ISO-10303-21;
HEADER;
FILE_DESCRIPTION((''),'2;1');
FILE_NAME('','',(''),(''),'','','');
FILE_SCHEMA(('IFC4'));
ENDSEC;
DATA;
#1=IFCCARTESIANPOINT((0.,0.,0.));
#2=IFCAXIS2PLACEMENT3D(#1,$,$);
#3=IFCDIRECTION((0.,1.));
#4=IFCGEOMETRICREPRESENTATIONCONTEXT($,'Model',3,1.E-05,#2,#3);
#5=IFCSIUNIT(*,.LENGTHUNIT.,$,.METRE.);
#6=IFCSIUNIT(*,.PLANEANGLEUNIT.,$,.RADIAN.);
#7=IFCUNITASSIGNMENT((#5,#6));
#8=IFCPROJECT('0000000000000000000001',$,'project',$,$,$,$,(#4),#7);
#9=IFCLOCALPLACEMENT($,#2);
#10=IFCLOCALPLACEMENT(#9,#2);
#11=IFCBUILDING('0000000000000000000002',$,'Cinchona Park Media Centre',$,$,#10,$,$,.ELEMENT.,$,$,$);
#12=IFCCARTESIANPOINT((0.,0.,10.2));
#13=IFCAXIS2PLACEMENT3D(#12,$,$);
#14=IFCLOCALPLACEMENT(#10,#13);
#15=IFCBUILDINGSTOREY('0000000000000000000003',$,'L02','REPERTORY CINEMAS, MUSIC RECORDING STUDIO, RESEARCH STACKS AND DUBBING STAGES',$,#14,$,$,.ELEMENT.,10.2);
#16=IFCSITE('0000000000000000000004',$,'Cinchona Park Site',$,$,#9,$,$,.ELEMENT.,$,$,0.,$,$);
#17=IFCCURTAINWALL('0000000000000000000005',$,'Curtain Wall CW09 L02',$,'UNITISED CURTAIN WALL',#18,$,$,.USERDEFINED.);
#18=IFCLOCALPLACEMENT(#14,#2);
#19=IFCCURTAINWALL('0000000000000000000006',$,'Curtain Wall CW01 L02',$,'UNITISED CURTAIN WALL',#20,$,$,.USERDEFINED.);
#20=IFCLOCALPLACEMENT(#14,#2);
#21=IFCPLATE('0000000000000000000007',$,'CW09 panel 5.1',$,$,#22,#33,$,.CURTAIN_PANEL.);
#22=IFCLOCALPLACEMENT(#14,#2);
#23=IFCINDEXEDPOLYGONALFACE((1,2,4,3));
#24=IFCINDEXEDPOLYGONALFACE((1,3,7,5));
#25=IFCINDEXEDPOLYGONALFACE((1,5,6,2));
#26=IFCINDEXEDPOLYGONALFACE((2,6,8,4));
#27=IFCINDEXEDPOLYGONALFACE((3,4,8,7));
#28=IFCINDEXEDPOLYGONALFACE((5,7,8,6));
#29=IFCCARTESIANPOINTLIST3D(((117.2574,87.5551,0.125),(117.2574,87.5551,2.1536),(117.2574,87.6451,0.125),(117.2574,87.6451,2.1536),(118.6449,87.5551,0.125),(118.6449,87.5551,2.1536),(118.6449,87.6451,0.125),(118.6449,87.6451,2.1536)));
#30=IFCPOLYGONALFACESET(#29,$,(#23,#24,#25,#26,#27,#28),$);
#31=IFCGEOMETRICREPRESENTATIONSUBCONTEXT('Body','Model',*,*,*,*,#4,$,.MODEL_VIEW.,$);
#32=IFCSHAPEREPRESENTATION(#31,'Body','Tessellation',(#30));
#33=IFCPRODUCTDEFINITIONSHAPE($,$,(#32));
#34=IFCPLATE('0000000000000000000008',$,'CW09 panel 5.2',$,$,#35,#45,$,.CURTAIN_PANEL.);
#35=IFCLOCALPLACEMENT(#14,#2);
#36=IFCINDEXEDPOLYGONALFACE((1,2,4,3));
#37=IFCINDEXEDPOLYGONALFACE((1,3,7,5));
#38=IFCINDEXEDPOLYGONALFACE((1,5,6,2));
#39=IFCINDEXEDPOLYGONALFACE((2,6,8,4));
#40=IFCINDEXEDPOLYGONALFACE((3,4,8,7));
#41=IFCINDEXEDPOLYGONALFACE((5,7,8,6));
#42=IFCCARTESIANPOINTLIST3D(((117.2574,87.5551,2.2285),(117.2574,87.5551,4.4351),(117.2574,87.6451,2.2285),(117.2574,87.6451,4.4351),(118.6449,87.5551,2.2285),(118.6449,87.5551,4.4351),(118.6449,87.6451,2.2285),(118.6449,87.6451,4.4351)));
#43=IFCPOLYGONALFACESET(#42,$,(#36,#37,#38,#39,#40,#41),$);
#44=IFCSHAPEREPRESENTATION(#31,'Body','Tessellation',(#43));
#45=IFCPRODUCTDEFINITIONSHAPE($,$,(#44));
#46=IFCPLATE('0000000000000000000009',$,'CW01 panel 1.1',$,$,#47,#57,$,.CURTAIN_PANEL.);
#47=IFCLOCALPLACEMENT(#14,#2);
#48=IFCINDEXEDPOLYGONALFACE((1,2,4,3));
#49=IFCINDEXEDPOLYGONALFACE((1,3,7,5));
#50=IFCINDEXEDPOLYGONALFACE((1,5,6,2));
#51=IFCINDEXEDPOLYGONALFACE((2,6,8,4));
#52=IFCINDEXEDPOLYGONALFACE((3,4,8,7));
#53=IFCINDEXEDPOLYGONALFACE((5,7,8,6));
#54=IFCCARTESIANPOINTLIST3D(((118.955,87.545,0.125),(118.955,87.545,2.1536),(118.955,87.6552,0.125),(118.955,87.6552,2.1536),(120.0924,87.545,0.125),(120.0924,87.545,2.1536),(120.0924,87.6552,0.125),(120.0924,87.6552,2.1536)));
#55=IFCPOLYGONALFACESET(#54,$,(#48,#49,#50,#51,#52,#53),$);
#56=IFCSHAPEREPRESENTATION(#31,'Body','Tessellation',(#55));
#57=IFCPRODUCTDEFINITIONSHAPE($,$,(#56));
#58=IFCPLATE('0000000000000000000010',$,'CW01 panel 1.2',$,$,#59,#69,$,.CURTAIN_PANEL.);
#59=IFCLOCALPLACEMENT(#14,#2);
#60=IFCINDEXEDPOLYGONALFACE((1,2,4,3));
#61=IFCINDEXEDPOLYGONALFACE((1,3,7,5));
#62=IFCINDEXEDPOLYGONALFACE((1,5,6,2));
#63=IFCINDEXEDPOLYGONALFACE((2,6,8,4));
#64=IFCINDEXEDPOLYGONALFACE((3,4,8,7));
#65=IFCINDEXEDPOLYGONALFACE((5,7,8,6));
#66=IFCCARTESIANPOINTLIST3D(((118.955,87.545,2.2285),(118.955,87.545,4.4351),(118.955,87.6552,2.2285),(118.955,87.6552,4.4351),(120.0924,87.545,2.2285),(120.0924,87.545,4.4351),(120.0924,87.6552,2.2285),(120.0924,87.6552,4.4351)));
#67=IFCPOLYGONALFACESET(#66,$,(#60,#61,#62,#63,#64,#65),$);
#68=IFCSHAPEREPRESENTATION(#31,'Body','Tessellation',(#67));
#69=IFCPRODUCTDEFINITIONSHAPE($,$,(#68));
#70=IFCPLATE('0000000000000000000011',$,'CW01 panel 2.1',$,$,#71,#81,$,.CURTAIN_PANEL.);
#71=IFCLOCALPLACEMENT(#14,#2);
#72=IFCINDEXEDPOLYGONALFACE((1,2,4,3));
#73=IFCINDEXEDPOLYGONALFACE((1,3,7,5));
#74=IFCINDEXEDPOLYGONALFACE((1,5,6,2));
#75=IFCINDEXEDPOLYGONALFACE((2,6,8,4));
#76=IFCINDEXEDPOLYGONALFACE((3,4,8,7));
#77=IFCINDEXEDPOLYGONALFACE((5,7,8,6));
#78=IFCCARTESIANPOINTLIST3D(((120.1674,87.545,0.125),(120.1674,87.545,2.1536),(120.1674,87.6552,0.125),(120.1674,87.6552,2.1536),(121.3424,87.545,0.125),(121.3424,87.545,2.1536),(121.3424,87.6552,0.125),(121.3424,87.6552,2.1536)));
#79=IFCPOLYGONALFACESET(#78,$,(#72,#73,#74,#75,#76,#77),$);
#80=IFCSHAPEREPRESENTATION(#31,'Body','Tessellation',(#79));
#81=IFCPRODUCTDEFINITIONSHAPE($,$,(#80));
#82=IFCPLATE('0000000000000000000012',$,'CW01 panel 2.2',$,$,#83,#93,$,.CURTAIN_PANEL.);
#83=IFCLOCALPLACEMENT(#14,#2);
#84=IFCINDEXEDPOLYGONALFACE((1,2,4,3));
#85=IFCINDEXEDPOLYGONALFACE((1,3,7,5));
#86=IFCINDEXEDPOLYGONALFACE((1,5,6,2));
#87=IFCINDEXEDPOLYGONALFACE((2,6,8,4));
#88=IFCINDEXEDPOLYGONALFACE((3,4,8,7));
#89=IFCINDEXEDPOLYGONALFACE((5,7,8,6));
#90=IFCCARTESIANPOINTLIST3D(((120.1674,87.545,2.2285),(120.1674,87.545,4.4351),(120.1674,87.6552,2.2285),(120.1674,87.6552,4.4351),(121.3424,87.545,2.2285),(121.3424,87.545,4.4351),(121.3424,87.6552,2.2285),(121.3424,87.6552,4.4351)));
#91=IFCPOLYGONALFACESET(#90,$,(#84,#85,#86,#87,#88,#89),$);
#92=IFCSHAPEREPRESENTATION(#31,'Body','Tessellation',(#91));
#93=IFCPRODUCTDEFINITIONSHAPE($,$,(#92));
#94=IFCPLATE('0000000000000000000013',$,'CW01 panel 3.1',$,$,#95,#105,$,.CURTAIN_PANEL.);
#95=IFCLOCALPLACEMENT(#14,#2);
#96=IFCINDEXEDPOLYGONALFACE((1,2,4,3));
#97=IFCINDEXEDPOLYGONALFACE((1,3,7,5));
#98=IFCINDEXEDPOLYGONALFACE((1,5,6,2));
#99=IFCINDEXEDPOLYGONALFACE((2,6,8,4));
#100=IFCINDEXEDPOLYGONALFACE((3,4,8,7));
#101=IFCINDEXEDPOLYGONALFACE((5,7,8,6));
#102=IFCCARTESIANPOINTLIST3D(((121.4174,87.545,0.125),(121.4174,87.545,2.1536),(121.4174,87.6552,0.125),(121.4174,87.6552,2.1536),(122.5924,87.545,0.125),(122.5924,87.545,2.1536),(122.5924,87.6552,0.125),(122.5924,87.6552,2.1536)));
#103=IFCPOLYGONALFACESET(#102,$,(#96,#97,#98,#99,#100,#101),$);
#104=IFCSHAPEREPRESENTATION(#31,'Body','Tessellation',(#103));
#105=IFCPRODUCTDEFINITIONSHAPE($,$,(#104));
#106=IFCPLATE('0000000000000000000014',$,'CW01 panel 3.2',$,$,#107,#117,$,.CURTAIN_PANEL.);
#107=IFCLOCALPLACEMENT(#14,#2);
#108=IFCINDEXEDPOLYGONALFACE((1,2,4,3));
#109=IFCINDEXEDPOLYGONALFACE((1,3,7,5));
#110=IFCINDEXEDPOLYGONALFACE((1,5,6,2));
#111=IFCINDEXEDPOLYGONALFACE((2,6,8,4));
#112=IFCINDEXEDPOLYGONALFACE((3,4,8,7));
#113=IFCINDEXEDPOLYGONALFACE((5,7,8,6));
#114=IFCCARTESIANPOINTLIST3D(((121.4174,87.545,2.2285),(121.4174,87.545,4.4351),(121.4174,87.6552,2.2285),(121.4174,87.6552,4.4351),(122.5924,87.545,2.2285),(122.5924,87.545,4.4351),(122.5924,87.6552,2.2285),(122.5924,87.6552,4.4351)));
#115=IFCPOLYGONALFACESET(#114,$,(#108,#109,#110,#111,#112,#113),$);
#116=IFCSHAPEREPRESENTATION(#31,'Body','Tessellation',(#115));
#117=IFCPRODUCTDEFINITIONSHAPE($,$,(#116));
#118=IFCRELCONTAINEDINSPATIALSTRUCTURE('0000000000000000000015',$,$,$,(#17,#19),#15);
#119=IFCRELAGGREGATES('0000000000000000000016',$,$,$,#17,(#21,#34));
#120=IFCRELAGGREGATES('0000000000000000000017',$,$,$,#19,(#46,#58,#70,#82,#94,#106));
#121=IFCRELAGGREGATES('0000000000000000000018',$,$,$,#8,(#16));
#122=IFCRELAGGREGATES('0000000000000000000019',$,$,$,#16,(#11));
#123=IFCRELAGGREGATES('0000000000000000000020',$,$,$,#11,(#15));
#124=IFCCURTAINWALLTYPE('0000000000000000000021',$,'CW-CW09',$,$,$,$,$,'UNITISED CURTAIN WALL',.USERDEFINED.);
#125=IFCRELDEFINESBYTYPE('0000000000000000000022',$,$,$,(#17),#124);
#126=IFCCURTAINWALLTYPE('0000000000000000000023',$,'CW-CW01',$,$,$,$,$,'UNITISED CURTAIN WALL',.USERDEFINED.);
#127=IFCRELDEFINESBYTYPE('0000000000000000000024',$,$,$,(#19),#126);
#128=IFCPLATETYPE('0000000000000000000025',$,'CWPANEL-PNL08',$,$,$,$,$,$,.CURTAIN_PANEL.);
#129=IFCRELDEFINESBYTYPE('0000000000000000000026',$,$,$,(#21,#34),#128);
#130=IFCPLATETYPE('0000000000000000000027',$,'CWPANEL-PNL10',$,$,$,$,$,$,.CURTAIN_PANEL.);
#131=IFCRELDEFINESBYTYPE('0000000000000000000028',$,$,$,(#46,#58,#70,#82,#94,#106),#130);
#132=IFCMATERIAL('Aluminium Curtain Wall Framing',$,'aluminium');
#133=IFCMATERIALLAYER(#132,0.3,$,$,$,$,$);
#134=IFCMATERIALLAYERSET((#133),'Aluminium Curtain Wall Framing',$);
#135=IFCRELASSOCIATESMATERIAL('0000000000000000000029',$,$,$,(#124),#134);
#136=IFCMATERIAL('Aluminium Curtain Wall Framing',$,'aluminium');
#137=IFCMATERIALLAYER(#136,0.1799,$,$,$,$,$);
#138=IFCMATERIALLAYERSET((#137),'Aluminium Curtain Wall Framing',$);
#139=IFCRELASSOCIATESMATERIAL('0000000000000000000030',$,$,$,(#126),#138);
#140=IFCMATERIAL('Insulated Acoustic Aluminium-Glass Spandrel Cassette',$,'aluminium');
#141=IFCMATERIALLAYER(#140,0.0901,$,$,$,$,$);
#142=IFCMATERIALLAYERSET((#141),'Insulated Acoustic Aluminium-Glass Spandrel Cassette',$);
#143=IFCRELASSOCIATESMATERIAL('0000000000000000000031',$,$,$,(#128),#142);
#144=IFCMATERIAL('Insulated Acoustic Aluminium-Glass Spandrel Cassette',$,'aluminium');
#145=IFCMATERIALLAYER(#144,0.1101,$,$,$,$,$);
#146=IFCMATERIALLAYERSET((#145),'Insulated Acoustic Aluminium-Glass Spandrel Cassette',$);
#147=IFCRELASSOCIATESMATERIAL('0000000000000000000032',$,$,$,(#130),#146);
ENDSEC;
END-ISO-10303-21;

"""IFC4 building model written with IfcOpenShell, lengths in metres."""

from ifc_helpers import new_model, si_unit, direction, frame, origin, origin_2d, place, context, subcontext, project, spatial, rectangle, extrude, material, layer, layer_set, type_object, element, aggregate, save


model = new_model("IFC4")

# Units and contexts
model_context = context("Model", 3, precision=1e-05, world=origin(), true_north=direction((0.0, 1.0)))
body_context = subcontext(model_context, "Body", "Model", "MODEL_VIEW")
ifc_project = project(units=[si_unit("LENGTHUNIT", "METRE"), si_unit("PLANEANGLEUNIT", "RADIAN")], contexts=[model_context])

# Site, building, storey
site_placement = place(None, origin())
site = spatial("IfcSite", under=ifc_project, at=site_placement, Name="Cinchona Park Site", CompositionType="ELEMENT", RefElevation=0.0)
building_placement = place(site_placement, origin())
building = spatial("IfcBuilding", under=site, at=building_placement, Name="Cinchona Park Media Centre", CompositionType="ELEMENT")
storey_placement = place(building_placement, frame((0.0, 0.0, 10.2)))
storey = spatial("IfcBuildingStorey", under=building, at=storey_placement, Name="L02", Description="REPERTORY CINEMAS, MUSIC RECORDING STUDIO, RESEARCH STACKS AND DUBBING STAGES", CompositionType="ELEMENT", Elevation=10.2)

# Curtain walls
ifc_material_1 = material(Name="Aluminium Curtain Wall Framing", Category="aluminium")
ifc_layer_1 = layer(ifc_material_1, 0.3)
ifc_layer_set_1 = layer_set([ifc_layer_1], Name="Aluminium Curtain Wall Framing")
curtain_wall_type_1 = type_object("IfcCurtainWallType", Name="CW-CW09", ElementType="UNITISED CURTAIN WALL", PredefinedType="USERDEFINED", material=ifc_layer_set_1)
curtain_wall_1_placement = place(storey_placement, origin())
curtain_wall_1 = element("IfcCurtainWall", 1, at=curtain_wall_1_placement, inside=storey, type_object=curtain_wall_type_1, Name="Curtain Wall CW09 L02", ObjectType="UNITISED CURTAIN WALL", PredefinedType="USERDEFINED")
ifc_material_2 = material(Name="Aluminium Curtain Wall Framing", Category="aluminium")
ifc_layer_2 = layer(ifc_material_2, 0.1799)
ifc_layer_set_2 = layer_set([ifc_layer_2], Name="Aluminium Curtain Wall Framing")
curtain_wall_type_2 = type_object("IfcCurtainWallType", Name="CW-CW01", ElementType="UNITISED CURTAIN WALL", PredefinedType="USERDEFINED", material=ifc_layer_set_2)
curtain_wall_2_placement = place(storey_placement, origin())
curtain_wall_2 = element("IfcCurtainWall", 2, at=curtain_wall_2_placement, inside=storey, type_object=curtain_wall_type_2, Name="Curtain Wall CW01 L02", ObjectType="UNITISED CURTAIN WALL", PredefinedType="USERDEFINED")

# Plates
ifc_material_3 = material(Name="Insulated Acoustic Aluminium-Glass Spandrel Cassette", Category="aluminium")
ifc_layer_3 = layer(ifc_material_3, 0.0901)
ifc_layer_set_3 = layer_set([ifc_layer_3], Name="Insulated Acoustic Aluminium-Glass Spandrel Cassette")
plate_type_1 = type_object("IfcPlateType", Name="CWPANEL-PNL08", PredefinedType="CURTAIN_PANEL", material=ifc_layer_set_3)
plate_1_placement = place(storey_placement, frame((117.9512, 87.6001, 0.125), z_axis=(0.0, 0.0, 1.0), x_axis=(1.0, 0.0, 0.0)))
plate_1 = element("IfcPlate", 3, at=plate_1_placement, type_object=plate_type_1, Name="CW09 panel 5.1", PredefinedType="CURTAIN_PANEL", context=body_context, shape_type="SweptSolid", body=[
    extrude(rectangle(XDim=1.3875, YDim=0.0901, at=origin_2d()), origin(), (0.0, 0.0, 1.0), 2.0286),
])
plate_2_placement = place(storey_placement, frame((117.9512, 87.6001, 2.2285), z_axis=(0.0, 0.0, 1.0), x_axis=(1.0, 0.0, 0.0)))
plate_2 = element("IfcPlate", 4, at=plate_2_placement, type_object=plate_type_1, Name="CW09 panel 5.2", PredefinedType="CURTAIN_PANEL", context=body_context, shape_type="SweptSolid", body=[
    extrude(rectangle(XDim=1.3875, YDim=0.0901, at=origin_2d()), origin(), (0.0, 0.0, 1.0), 2.2065),
])
aggregate(curtain_wall_1, [plate_1, plate_2])
ifc_material_4 = material(Name="Insulated Acoustic Aluminium-Glass Spandrel Cassette", Category="aluminium")
ifc_layer_4 = layer(ifc_material_4, 0.1101)
ifc_layer_set_4 = layer_set([ifc_layer_4], Name="Insulated Acoustic Aluminium-Glass Spandrel Cassette")
plate_type_2 = type_object("IfcPlateType", Name="CWPANEL-PNL10", PredefinedType="CURTAIN_PANEL", material=ifc_layer_set_4)
plate_3_placement = place(storey_placement, frame((119.5237, 87.6001, 0.125), z_axis=(0.0, 0.0, 1.0), x_axis=(1.0, 0.0, 0.0)))
plate_3 = element("IfcPlate", 5, at=plate_3_placement, type_object=plate_type_2, Name="CW01 panel 1.1", PredefinedType="CURTAIN_PANEL", context=body_context, shape_type="SweptSolid", body=[
    extrude(rectangle(XDim=1.1375, YDim=0.1101, at=origin_2d()), origin(), (0.0, 0.0, 1.0), 2.0286),
])
plate_4_placement = place(storey_placement, frame((119.5237, 87.6001, 2.2285), z_axis=(0.0, 0.0, 1.0), x_axis=(1.0, 0.0, 0.0)))
plate_4 = element("IfcPlate", 6, at=plate_4_placement, type_object=plate_type_2, Name="CW01 panel 1.2", PredefinedType="CURTAIN_PANEL", context=body_context, shape_type="SweptSolid", body=[
    extrude(rectangle(XDim=1.1375, YDim=0.1101, at=origin_2d()), origin(), (0.0, 0.0, 1.0), 2.2065),
])
plate_5_placement = place(storey_placement, frame((120.7549, 87.6001, 0.125), z_axis=(0.0, 0.0, 1.0), x_axis=(1.0, 0.0, 0.0)))
plate_5 = element("IfcPlate", 7, at=plate_5_placement, type_object=plate_type_2, Name="CW01 panel 2.1", PredefinedType="CURTAIN_PANEL", context=body_context, shape_type="SweptSolid", body=[
    extrude(rectangle(XDim=1.175, YDim=0.1101, at=origin_2d()), origin(), (0.0, 0.0, 1.0), 2.0286),
])
plate_6_placement = place(storey_placement, frame((120.7549, 87.6001, 2.2285), z_axis=(0.0, 0.0, 1.0), x_axis=(1.0, 0.0, 0.0)))
plate_6 = element("IfcPlate", 8, at=plate_6_placement, type_object=plate_type_2, Name="CW01 panel 2.2", PredefinedType="CURTAIN_PANEL", context=body_context, shape_type="SweptSolid", body=[
    extrude(rectangle(XDim=1.175, YDim=0.1101, at=origin_2d()), origin(), (0.0, 0.0, 1.0), 2.2065),
])
plate_7_placement = place(storey_placement, frame((122.0049, 87.6001, 0.125), z_axis=(0.0, 0.0, 1.0), x_axis=(1.0, 0.0, 0.0)))
plate_7 = element("IfcPlate", 9, at=plate_7_placement, type_object=plate_type_2, Name="CW01 panel 3.1", PredefinedType="CURTAIN_PANEL", context=body_context, shape_type="SweptSolid", body=[
    extrude(rectangle(XDim=1.175, YDim=0.1101, at=origin_2d()), origin(), (0.0, 0.0, 1.0), 2.0286),
])
plate_8_placement = place(storey_placement, frame((122.0049, 87.6001, 2.2285), z_axis=(0.0, 0.0, 1.0), x_axis=(1.0, 0.0, 0.0)))
plate_8 = element("IfcPlate", 10, at=plate_8_placement, type_object=plate_type_2, Name="CW01 panel 3.2", PredefinedType="CURTAIN_PANEL", context=body_context, shape_type="SweptSolid", body=[
    extrude(rectangle(XDim=1.175, YDim=0.1101, at=origin_2d()), origin(), (0.0, 0.0, 1.0), 2.2065),
])
aggregate(curtain_wall_2, [plate_3, plate_4, plate_5, plate_6, plate_7, plate_8])

save(model, "model.ifc")
